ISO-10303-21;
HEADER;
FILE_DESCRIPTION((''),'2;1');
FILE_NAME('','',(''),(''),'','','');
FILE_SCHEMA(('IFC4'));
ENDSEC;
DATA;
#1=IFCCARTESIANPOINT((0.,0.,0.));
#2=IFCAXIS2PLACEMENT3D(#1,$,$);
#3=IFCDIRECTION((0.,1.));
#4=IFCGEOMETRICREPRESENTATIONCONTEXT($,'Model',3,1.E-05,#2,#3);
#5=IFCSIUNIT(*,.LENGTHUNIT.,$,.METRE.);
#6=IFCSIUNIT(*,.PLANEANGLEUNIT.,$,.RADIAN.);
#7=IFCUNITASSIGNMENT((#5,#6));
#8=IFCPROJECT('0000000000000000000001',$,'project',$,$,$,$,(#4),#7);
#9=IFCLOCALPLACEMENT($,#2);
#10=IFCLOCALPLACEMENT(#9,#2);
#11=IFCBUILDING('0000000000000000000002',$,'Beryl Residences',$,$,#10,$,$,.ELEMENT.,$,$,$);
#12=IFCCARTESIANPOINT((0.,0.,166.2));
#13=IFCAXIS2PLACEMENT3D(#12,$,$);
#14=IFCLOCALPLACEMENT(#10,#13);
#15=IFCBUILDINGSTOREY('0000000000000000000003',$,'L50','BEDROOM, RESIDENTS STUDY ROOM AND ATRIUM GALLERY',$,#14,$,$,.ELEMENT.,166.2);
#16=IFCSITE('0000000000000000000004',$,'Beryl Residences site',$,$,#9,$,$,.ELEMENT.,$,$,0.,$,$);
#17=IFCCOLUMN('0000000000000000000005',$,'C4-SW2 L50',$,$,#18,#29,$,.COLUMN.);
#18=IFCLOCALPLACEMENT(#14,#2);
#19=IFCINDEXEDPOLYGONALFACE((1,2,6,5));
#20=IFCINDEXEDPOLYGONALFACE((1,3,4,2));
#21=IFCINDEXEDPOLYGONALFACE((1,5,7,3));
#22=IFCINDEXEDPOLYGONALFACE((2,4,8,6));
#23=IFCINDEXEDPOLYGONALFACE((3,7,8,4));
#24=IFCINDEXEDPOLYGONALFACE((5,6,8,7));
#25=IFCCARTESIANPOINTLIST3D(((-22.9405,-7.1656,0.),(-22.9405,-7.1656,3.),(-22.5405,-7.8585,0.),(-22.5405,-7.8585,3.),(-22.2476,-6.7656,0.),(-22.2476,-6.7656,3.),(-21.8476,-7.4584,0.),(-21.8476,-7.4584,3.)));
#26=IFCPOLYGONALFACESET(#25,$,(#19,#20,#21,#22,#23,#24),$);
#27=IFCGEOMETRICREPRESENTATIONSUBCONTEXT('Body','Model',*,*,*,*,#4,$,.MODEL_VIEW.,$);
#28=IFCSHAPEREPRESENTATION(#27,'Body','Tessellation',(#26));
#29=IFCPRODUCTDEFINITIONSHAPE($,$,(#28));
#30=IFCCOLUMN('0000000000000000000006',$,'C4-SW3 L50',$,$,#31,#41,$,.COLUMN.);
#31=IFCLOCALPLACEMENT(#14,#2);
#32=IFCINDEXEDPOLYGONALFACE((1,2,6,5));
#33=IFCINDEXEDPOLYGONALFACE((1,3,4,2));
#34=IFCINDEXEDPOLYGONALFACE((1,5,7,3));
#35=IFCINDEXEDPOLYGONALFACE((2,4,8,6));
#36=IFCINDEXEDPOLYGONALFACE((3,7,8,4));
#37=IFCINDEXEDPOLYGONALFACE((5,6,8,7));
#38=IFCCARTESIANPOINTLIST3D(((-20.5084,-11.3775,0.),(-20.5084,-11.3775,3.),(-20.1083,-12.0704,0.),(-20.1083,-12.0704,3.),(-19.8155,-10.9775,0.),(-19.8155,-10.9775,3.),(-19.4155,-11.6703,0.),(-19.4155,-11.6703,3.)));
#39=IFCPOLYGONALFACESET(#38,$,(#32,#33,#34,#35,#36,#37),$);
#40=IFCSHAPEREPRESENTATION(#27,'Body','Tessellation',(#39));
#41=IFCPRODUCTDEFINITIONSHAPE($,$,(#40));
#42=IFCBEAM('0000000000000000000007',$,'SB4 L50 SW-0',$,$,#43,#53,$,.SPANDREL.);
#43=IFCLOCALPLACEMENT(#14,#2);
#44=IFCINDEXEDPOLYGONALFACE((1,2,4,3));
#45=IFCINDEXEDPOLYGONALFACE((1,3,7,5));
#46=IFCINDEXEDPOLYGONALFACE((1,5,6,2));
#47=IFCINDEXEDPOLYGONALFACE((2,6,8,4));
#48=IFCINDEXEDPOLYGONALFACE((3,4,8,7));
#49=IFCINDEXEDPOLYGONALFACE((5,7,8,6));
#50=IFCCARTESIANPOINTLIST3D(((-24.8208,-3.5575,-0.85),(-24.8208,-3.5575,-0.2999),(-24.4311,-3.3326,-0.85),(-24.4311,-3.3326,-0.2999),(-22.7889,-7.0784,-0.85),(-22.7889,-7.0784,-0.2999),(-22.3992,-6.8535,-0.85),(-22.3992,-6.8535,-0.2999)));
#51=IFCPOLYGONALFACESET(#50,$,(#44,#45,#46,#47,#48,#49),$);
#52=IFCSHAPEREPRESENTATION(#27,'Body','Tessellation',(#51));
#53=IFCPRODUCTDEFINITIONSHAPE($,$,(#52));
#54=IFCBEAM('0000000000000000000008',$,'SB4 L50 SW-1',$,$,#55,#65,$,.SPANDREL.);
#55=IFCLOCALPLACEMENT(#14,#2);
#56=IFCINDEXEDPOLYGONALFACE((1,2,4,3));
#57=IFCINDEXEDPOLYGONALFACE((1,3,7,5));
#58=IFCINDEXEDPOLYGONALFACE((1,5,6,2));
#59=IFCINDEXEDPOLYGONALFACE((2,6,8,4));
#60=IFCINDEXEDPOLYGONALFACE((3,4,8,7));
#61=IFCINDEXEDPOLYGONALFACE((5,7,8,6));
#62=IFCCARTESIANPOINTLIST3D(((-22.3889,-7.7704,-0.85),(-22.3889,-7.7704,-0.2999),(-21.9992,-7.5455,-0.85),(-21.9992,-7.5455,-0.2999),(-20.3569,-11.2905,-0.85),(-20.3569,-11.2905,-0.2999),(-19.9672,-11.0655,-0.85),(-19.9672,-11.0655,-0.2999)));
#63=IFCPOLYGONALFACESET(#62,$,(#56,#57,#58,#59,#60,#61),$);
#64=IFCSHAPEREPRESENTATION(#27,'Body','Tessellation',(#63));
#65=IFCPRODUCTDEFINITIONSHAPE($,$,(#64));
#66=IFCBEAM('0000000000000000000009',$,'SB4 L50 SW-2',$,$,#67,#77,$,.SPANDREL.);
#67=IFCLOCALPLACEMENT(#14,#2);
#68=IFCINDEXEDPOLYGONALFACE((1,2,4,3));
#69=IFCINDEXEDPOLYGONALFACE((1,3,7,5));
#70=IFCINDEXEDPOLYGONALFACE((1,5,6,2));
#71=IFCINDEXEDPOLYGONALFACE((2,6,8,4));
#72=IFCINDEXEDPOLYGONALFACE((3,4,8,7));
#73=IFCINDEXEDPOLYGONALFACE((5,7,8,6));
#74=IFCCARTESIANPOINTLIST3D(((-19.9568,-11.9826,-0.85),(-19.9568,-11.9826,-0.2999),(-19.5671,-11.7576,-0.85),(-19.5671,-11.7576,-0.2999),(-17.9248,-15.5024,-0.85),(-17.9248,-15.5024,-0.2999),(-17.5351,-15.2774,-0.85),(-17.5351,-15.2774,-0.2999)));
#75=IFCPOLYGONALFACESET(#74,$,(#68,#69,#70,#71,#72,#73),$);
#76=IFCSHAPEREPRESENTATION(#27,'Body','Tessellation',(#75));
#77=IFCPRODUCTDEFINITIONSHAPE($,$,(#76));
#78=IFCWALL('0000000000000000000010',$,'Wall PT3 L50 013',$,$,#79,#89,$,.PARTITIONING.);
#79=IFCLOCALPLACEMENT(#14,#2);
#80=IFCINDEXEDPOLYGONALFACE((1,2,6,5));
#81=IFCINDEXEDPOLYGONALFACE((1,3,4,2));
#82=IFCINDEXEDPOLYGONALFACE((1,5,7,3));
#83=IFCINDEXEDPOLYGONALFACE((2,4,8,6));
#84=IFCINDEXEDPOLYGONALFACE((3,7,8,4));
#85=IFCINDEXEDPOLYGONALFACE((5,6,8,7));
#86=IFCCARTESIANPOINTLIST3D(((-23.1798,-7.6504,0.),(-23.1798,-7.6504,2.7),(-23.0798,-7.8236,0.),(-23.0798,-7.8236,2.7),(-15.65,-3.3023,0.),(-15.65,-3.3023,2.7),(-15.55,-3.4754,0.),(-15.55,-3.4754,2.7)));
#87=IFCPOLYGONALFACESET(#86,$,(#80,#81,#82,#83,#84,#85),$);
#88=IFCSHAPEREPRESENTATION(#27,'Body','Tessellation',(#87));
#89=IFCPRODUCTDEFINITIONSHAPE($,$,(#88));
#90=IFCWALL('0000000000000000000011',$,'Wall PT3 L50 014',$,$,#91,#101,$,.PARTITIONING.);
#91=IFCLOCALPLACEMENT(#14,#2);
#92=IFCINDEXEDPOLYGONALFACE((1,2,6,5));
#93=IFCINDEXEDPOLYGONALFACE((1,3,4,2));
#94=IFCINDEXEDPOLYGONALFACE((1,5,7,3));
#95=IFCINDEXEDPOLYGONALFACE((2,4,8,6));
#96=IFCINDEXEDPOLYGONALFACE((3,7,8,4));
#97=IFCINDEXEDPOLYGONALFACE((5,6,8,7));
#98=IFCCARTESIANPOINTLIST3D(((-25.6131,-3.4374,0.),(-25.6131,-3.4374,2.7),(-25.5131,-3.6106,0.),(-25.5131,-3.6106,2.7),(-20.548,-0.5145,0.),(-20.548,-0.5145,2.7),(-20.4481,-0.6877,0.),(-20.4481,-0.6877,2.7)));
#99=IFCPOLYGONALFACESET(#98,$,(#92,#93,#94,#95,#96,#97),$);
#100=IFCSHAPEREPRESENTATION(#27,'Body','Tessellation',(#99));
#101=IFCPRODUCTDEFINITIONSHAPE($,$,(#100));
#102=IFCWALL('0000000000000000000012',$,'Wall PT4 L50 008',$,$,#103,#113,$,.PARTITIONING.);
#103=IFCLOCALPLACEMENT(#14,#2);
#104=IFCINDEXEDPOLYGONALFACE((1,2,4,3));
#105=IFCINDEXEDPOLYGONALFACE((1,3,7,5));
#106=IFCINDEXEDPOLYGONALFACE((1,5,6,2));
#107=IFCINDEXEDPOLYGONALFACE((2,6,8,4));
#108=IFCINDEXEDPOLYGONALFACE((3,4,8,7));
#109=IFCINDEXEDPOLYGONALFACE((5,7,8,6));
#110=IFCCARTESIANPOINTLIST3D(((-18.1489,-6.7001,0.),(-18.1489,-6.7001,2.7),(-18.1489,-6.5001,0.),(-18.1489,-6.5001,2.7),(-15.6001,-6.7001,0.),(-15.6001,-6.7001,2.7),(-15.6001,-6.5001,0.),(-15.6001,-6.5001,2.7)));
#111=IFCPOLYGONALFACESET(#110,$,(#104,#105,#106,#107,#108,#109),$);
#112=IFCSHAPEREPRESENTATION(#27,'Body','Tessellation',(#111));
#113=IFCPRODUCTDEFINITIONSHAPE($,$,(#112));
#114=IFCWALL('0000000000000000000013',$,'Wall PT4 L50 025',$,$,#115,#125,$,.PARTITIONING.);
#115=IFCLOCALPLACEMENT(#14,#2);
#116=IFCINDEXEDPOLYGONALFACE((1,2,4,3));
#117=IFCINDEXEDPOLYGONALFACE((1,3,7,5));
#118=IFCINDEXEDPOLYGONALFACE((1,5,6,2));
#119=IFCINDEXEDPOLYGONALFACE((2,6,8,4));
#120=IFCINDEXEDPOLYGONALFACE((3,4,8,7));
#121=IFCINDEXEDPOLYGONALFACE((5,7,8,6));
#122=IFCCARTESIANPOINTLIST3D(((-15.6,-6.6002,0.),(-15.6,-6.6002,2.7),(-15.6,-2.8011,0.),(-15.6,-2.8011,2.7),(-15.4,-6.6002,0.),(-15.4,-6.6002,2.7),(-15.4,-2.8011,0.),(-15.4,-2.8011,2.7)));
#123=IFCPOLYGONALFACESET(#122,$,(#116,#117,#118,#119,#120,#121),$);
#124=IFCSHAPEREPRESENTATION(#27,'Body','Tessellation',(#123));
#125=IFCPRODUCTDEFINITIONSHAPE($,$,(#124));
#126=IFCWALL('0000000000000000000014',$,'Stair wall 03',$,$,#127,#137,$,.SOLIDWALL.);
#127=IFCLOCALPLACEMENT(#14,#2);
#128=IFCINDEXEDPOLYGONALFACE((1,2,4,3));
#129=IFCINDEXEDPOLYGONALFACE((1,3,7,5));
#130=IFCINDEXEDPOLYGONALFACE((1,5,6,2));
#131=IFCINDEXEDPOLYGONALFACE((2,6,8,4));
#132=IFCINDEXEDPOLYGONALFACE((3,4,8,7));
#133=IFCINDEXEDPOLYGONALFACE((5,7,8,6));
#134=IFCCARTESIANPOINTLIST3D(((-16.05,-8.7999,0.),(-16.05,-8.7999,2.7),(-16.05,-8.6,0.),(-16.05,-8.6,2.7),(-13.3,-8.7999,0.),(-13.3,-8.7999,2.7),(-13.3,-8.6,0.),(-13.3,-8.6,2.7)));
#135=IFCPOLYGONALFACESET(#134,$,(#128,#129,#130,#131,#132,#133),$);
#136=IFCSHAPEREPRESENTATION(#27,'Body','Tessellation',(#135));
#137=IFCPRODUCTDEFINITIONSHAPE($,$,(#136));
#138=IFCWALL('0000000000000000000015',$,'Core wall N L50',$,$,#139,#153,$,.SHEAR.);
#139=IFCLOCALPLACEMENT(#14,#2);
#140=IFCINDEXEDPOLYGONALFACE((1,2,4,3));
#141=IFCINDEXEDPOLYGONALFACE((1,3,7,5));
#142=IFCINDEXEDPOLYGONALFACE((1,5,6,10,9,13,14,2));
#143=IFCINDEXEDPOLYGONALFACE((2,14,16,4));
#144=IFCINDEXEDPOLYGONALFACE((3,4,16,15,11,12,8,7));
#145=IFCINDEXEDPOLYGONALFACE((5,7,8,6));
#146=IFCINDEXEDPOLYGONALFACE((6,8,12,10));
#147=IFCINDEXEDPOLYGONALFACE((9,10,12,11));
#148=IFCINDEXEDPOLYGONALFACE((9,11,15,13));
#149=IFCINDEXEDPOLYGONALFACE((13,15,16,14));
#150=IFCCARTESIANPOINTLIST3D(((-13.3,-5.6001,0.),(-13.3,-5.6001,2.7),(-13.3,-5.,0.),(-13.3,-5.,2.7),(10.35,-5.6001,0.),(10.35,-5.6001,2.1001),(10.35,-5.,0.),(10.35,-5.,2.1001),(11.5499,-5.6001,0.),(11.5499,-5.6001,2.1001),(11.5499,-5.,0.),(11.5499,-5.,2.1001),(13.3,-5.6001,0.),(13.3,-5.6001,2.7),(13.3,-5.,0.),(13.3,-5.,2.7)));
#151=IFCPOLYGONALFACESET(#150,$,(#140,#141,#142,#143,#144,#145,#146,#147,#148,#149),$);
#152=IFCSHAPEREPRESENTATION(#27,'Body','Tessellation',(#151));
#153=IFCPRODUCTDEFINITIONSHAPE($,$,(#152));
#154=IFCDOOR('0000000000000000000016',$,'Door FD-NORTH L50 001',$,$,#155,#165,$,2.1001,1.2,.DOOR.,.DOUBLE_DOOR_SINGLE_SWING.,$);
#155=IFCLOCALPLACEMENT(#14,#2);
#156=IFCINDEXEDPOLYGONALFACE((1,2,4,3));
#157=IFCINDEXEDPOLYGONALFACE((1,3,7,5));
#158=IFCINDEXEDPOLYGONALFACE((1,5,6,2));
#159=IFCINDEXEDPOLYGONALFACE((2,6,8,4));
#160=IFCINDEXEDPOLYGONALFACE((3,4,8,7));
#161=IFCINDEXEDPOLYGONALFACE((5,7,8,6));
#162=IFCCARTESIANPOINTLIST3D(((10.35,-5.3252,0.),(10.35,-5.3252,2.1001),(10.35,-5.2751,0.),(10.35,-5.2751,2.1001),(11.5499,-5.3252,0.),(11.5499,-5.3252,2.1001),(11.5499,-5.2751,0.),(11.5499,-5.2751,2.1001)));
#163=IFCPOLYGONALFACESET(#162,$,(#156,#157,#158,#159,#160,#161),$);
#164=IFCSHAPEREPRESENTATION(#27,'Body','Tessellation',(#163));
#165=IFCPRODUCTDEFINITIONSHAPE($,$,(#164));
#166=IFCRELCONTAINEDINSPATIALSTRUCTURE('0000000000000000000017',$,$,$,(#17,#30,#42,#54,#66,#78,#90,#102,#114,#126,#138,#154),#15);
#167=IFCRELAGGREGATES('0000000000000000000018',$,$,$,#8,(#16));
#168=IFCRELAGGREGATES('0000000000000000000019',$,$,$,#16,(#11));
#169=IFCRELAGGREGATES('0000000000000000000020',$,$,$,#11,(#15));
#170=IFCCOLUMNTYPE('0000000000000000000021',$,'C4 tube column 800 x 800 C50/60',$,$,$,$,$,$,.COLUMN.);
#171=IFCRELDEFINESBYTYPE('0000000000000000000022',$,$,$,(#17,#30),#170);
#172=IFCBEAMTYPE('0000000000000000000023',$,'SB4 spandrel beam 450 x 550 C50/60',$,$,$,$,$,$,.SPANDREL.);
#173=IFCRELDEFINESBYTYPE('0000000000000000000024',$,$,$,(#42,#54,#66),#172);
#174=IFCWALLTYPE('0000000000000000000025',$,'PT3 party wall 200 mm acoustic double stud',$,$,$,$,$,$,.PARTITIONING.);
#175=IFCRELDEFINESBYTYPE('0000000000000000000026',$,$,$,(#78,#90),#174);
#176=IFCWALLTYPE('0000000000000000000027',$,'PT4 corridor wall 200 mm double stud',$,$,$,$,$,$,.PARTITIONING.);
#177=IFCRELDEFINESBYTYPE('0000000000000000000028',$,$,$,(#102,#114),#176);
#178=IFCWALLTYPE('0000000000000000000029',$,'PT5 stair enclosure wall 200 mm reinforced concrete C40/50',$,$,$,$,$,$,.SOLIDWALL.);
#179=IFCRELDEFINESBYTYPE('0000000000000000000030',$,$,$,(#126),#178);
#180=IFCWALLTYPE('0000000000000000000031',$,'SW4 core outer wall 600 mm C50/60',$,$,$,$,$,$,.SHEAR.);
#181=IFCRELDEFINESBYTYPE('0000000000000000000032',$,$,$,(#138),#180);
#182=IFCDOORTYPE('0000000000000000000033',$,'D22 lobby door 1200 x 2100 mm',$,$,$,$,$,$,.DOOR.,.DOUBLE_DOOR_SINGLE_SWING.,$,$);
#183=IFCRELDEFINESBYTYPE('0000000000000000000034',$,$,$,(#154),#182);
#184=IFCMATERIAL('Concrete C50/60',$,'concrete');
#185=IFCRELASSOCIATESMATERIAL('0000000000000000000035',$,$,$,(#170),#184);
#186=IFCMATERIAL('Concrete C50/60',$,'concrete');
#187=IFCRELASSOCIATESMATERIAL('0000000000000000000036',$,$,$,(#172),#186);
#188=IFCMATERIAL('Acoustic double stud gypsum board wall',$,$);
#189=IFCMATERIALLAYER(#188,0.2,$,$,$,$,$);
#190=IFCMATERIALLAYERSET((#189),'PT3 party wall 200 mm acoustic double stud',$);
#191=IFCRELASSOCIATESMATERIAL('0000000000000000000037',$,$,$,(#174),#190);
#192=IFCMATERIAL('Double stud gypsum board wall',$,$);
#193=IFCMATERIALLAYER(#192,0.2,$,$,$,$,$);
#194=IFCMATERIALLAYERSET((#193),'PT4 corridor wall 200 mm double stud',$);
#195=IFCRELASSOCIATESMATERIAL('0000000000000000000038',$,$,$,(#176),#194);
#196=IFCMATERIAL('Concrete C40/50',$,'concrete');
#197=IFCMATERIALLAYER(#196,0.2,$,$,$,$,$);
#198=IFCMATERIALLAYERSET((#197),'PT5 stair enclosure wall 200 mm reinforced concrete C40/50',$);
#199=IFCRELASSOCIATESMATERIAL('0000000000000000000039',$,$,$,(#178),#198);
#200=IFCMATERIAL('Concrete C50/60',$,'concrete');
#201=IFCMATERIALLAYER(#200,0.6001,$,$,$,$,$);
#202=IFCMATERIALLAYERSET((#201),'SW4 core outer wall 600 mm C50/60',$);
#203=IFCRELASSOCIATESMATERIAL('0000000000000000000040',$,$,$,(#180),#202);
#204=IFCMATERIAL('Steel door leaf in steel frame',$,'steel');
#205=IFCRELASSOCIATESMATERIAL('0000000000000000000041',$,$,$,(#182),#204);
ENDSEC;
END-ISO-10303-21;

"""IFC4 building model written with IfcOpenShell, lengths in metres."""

from ifc_helpers import new_model, si_unit, direction, frame, frame_2d, origin, origin_2d, place, context, subcontext, project, spatial, rectangle, extrude, material, layer, layer_set, material_profile, profile_set, type_object, element, fill, save


model = new_model("IFC4")

# Units and contexts
model_context = context("Model", 3, precision=1e-05, world=origin(), true_north=direction((0.0, 1.0)))
body_context = subcontext(model_context, "Body", "Model", "MODEL_VIEW")
ifc_project = project(units=[si_unit("LENGTHUNIT", "METRE"), si_unit("PLANEANGLEUNIT", "RADIAN")], contexts=[model_context])

# Site, building, storey
site_placement = place(None, origin())
site = spatial("IfcSite", under=ifc_project, at=site_placement, Name="Beryl Residences site", CompositionType="ELEMENT", RefElevation=0.0)
building_placement = place(site_placement, origin())
building = spatial("IfcBuilding", under=site, at=building_placement, Name="Beryl Residences", CompositionType="ELEMENT")
storey_placement = place(building_placement, frame((0.0, 0.0, 166.2)))
storey = spatial("IfcBuildingStorey", under=building, at=storey_placement, Name="L50", Description="BEDROOM, RESIDENTS STUDY ROOM AND ATRIUM GALLERY", CompositionType="ELEMENT", Elevation=166.2)

# Columns
ifc_material_1 = material(Name="Concrete C50/60", Category="concrete")
ifc_material_profile_1 = material_profile(ifc_material_1, rectangle(XDim=0.8, YDim=0.8, at=origin_2d()))
ifc_profile_set_1 = profile_set([ifc_material_profile_1], Name="Concrete C50/60")
column_type = type_object("IfcColumnType", Name="C4 tube column 800 x 800 C50/60", PredefinedType="COLUMN", material=ifc_profile_set_1)
for number, where, z_axis, x_axis, name in (
    (1, (-22.394, -7.312, 0.0), (0.0, 0.0, 1.0), (0.5, -0.866025, 0.0), "C4-SW2 L50"),
    (2, (-19.9619, -11.5239, 0.0), (0.0, 0.0, 1.0), (0.5, -0.866025, 0.0), "C4-SW3 L50"),
):
    element("IfcColumn", number, at=place(storey_placement, frame(where, z_axis=z_axis, x_axis=x_axis)), inside=storey, type_object=column_type, Name=name, PredefinedType="COLUMN", context=body_context, shape_type="SweptSolid", body=[
        extrude(rectangle(XDim=0.8, YDim=0.8, at=origin_2d()), origin(), (0.0, 0.0, 1.0), 3.0),
    ])

# Beams
ifc_material_2 = material(Name="Concrete C50/60", Category="concrete")
ifc_material_profile_2 = material_profile(ifc_material_2, rectangle(XDim=0.45, YDim=0.55, at=origin_2d()))
ifc_profile_set_2 = profile_set([ifc_material_profile_2], Name="Concrete C50/60")
beam_type = type_object("IfcBeamType", Name="SB4 spandrel beam 450 x 550 C50/60", PredefinedType="SPANDREL", material=ifc_profile_set_2)
beam_1_placement = place(storey_placement, frame((-24.626, -3.4451, -0.575), z_axis=(0.49984, -0.866118, 0.0), x_axis=(0.866118, 0.49984, 0.0)))
element("IfcBeam", 3, at=beam_1_placement, inside=storey, type_object=beam_type, Name="SB4 L50 SW-0", PredefinedType="SPANDREL", context=body_context, shape_type="SweptSolid", body=[
    extrude(rectangle(XDim=0.45, YDim=0.55, at=origin_2d()), origin(), (0.0, 0.0, 1.0), 4.0652),
])
beam_2_placement = place(storey_placement, frame((-22.1941, -7.658, -0.575), z_axis=(0.499944, -0.866058, 0.0), x_axis=(0.866058, 0.499944, 0.0)))
element("IfcBeam", 4, at=beam_2_placement, inside=storey, type_object=beam_type, Name="SB4 L50 SW-1", PredefinedType="SPANDREL", context=body_context, shape_type="SweptSolid", body=[
    extrude(rectangle(XDim=0.45, YDim=0.55, at=origin_2d()), origin(), (0.0, 0.0, 1.0), 4.0645),
])
beam_3_placement = place(storey_placement, frame((-19.762, -11.8701, -0.575), z_axis=(0.49997, -0.866043, 0.0), x_axis=(0.866043, 0.49997, 0.0)))
element("IfcBeam", 5, at=beam_3_placement, inside=storey, type_object=beam_type, Name="SB4 L50 SW-2", PredefinedType="SPANDREL", context=body_context, shape_type="SweptSolid", body=[
    extrude(rectangle(XDim=0.45, YDim=0.55, at=origin_2d()), origin(), (0.0, 0.0, 1.0), 4.0642),
])

# Walls
ifc_material_3 = material(Name="Acoustic double stud gypsum board wall")
ifc_layer_1 = layer(ifc_material_3, 0.2)
ifc_layer_set_1 = layer_set([ifc_layer_1], Name="PT3 party wall 200 mm acoustic double stud")
wall_type_1 = type_object("IfcWallType", Name="PT3 party wall 200 mm acoustic double stud", PredefinedType="PARTITIONING", material=ifc_layer_set_1)
wall_1_placement = place(storey_placement, frame((-23.1299, -7.7371, 0.0), z_axis=(0.0, 0.0, 1.0), x_axis=(0.865985, 0.500071, 0.0)))
element("IfcWall", 6, at=wall_1_placement, inside=storey, type_object=wall_type_1, Name="Wall PT3 L50 013", PredefinedType="PARTITIONING", context=body_context, shape_type="SweptSolid", body=[
    extrude(rectangle(XDim=8.6951, YDim=0.2, at=frame_2d((4.3477, 0.0))), origin(), (0.0, 0.0, 1.0), 2.7),
])
wall_2_placement = place(storey_placement, frame((-25.563, -3.5239, 0.0), z_axis=(0.0, 0.0, 1.0), x_axis=(0.866129, 0.499821, 0.0)))
element("IfcWall", 7, at=wall_2_placement, inside=storey, type_object=wall_type_1, Name="Wall PT3 L50 014", PredefinedType="PARTITIONING", context=body_context, shape_type="SweptSolid", body=[
    extrude(rectangle(XDim=5.8479, YDim=0.2, at=frame_2d((2.9238, 0.0))), origin(), (0.0, 0.0, 1.0), 2.7),
])
ifc_material_4 = material(Name="Double stud gypsum board wall")
ifc_layer_2 = layer(ifc_material_4, 0.2)
ifc_layer_set_2 = layer_set([ifc_layer_2], Name="PT4 corridor wall 200 mm double stud")
wall_type_2 = type_object("IfcWallType", Name="PT4 corridor wall 200 mm double stud", PredefinedType="PARTITIONING", material=ifc_layer_set_2)
wall_3_placement = place(storey_placement, frame((-18.1489, -6.6001, 0.0), z_axis=(0.0, 0.0, 1.0), x_axis=(1.0, 0.0, 0.0)))
element("IfcWall", 8, at=wall_3_placement, inside=storey, type_object=wall_type_2, Name="Wall PT4 L50 008", PredefinedType="PARTITIONING", context=body_context, shape_type="SweptSolid", body=[
    extrude(rectangle(XDim=2.5488, YDim=0.2, at=frame_2d((1.2744, 0.0))), origin(), (0.0, 0.0, 1.0), 2.7),
])
wall_4_placement = place(storey_placement, frame((-15.5, -6.6001, 0.0), z_axis=(0.0, 0.0, 1.0), x_axis=(0.0, 1.0, 0.0)))
element("IfcWall", 9, at=wall_4_placement, inside=storey, type_object=wall_type_2, Name="Wall PT4 L50 025", PredefinedType="PARTITIONING", context=body_context, shape_type="SweptSolid", body=[
    extrude(rectangle(XDim=3.7991, YDim=0.2, at=frame_2d((1.8994, 0.0))), origin(), (0.0, 0.0, 1.0), 2.7),
])
ifc_material_5 = material(Name="Concrete C40/50", Category="concrete")
ifc_layer_3 = layer(ifc_material_5, 0.2)
ifc_layer_set_3 = layer_set([ifc_layer_3], Name="PT5 stair enclosure wall 200 mm reinforced concrete C40/50")
wall_type_3 = type_object("IfcWallType", Name="PT5 stair enclosure wall 200 mm reinforced concrete C40/50", PredefinedType="SOLIDWALL", material=ifc_layer_set_3)
wall_5_placement = place(storey_placement, frame((-16.05, -8.7, 0.0), z_axis=(0.0, 0.0, 1.0), x_axis=(1.0, 0.0, 0.0)))
element("IfcWall", 10, at=wall_5_placement, inside=storey, type_object=wall_type_3, Name="Stair wall 03", PredefinedType="SOLIDWALL", context=body_context, shape_type="SweptSolid", body=[
    extrude(rectangle(XDim=2.75, YDim=0.2, at=frame_2d((1.375, 0.0))), origin(), (0.0, 0.0, 1.0), 2.7),
])

# Wall, opening, door
ifc_material_6 = material(Name="Concrete C50/60", Category="concrete")
ifc_layer_4 = layer(ifc_material_6, 0.6001)
ifc_layer_set_4 = layer_set([ifc_layer_4], Name="SW4 core outer wall 600 mm C50/60")
wall_type_4 = type_object("IfcWallType", Name="SW4 core outer wall 600 mm C50/60", PredefinedType="SHEAR", material=ifc_layer_set_4)
wall_6_placement = place(storey_placement, frame((-13.3, -5.3, 0.0), z_axis=(0.0, 0.0, 1.0), x_axis=(1.0, 0.0, 0.0)))
wall_6 = element("IfcWall", 11, at=wall_6_placement, inside=storey, type_object=wall_type_4, Name="Core wall N L50", PredefinedType="SHEAR", context=body_context, shape_type="SweptSolid", body=[
    extrude(rectangle(XDim=26.6001, YDim=0.6001, at=frame_2d((13.3, 0.0))), origin(), (0.0, 0.0, 1.0), 2.7),
])
opening_placement = place(wall_6_placement, frame((23.6499, 0.0, 0.0)))
opening = element("IfcOpeningElement", 12, at=opening_placement, cuts=wall_6, PredefinedType="OPENING", context=body_context, shape_type="SweptSolid", body=[
    extrude(rectangle(XDim=1.2, YDim=2.1001, at=frame_2d((0.6001, 1.05))), frame((0.0, 0.3101, 0.0), z_axis=(0.0, -1.0, 0.0), x_axis=(1.0, 0.0, 0.0)), (0.0, 0.0, 1.0), 0.6201),
])
ifc_material_7 = material(Name="Steel door leaf in steel frame", Category="steel")
door_type = type_object("IfcDoorType", Name="D22 lobby door 1200 x 2100 mm", OperationType="DOUBLE_DOOR_SINGLE_SWING", PredefinedType="DOOR", material=ifc_material_7)
door_placement = place(opening_placement, origin())
door = element("IfcDoor", 13, at=door_placement, inside=storey, type_object=door_type, Name="Door FD-NORTH L50 001", OperationType="DOUBLE_DOOR_SINGLE_SWING", OverallHeight=2.1001, OverallWidth=1.2, PredefinedType="DOOR", context=body_context, shape_type="SweptSolid", body=[
    extrude(rectangle(XDim=1.2, YDim=2.1001, at=frame_2d((0.6001, 1.05))), frame((0.0, 0.0249, 0.0), z_axis=(0.0, -1.0, 0.0), x_axis=(1.0, 0.0, 0.0)), (0.0, 0.0, 1.0), 0.05),
])
fill(opening, door)

save(model, "model.ifc")
